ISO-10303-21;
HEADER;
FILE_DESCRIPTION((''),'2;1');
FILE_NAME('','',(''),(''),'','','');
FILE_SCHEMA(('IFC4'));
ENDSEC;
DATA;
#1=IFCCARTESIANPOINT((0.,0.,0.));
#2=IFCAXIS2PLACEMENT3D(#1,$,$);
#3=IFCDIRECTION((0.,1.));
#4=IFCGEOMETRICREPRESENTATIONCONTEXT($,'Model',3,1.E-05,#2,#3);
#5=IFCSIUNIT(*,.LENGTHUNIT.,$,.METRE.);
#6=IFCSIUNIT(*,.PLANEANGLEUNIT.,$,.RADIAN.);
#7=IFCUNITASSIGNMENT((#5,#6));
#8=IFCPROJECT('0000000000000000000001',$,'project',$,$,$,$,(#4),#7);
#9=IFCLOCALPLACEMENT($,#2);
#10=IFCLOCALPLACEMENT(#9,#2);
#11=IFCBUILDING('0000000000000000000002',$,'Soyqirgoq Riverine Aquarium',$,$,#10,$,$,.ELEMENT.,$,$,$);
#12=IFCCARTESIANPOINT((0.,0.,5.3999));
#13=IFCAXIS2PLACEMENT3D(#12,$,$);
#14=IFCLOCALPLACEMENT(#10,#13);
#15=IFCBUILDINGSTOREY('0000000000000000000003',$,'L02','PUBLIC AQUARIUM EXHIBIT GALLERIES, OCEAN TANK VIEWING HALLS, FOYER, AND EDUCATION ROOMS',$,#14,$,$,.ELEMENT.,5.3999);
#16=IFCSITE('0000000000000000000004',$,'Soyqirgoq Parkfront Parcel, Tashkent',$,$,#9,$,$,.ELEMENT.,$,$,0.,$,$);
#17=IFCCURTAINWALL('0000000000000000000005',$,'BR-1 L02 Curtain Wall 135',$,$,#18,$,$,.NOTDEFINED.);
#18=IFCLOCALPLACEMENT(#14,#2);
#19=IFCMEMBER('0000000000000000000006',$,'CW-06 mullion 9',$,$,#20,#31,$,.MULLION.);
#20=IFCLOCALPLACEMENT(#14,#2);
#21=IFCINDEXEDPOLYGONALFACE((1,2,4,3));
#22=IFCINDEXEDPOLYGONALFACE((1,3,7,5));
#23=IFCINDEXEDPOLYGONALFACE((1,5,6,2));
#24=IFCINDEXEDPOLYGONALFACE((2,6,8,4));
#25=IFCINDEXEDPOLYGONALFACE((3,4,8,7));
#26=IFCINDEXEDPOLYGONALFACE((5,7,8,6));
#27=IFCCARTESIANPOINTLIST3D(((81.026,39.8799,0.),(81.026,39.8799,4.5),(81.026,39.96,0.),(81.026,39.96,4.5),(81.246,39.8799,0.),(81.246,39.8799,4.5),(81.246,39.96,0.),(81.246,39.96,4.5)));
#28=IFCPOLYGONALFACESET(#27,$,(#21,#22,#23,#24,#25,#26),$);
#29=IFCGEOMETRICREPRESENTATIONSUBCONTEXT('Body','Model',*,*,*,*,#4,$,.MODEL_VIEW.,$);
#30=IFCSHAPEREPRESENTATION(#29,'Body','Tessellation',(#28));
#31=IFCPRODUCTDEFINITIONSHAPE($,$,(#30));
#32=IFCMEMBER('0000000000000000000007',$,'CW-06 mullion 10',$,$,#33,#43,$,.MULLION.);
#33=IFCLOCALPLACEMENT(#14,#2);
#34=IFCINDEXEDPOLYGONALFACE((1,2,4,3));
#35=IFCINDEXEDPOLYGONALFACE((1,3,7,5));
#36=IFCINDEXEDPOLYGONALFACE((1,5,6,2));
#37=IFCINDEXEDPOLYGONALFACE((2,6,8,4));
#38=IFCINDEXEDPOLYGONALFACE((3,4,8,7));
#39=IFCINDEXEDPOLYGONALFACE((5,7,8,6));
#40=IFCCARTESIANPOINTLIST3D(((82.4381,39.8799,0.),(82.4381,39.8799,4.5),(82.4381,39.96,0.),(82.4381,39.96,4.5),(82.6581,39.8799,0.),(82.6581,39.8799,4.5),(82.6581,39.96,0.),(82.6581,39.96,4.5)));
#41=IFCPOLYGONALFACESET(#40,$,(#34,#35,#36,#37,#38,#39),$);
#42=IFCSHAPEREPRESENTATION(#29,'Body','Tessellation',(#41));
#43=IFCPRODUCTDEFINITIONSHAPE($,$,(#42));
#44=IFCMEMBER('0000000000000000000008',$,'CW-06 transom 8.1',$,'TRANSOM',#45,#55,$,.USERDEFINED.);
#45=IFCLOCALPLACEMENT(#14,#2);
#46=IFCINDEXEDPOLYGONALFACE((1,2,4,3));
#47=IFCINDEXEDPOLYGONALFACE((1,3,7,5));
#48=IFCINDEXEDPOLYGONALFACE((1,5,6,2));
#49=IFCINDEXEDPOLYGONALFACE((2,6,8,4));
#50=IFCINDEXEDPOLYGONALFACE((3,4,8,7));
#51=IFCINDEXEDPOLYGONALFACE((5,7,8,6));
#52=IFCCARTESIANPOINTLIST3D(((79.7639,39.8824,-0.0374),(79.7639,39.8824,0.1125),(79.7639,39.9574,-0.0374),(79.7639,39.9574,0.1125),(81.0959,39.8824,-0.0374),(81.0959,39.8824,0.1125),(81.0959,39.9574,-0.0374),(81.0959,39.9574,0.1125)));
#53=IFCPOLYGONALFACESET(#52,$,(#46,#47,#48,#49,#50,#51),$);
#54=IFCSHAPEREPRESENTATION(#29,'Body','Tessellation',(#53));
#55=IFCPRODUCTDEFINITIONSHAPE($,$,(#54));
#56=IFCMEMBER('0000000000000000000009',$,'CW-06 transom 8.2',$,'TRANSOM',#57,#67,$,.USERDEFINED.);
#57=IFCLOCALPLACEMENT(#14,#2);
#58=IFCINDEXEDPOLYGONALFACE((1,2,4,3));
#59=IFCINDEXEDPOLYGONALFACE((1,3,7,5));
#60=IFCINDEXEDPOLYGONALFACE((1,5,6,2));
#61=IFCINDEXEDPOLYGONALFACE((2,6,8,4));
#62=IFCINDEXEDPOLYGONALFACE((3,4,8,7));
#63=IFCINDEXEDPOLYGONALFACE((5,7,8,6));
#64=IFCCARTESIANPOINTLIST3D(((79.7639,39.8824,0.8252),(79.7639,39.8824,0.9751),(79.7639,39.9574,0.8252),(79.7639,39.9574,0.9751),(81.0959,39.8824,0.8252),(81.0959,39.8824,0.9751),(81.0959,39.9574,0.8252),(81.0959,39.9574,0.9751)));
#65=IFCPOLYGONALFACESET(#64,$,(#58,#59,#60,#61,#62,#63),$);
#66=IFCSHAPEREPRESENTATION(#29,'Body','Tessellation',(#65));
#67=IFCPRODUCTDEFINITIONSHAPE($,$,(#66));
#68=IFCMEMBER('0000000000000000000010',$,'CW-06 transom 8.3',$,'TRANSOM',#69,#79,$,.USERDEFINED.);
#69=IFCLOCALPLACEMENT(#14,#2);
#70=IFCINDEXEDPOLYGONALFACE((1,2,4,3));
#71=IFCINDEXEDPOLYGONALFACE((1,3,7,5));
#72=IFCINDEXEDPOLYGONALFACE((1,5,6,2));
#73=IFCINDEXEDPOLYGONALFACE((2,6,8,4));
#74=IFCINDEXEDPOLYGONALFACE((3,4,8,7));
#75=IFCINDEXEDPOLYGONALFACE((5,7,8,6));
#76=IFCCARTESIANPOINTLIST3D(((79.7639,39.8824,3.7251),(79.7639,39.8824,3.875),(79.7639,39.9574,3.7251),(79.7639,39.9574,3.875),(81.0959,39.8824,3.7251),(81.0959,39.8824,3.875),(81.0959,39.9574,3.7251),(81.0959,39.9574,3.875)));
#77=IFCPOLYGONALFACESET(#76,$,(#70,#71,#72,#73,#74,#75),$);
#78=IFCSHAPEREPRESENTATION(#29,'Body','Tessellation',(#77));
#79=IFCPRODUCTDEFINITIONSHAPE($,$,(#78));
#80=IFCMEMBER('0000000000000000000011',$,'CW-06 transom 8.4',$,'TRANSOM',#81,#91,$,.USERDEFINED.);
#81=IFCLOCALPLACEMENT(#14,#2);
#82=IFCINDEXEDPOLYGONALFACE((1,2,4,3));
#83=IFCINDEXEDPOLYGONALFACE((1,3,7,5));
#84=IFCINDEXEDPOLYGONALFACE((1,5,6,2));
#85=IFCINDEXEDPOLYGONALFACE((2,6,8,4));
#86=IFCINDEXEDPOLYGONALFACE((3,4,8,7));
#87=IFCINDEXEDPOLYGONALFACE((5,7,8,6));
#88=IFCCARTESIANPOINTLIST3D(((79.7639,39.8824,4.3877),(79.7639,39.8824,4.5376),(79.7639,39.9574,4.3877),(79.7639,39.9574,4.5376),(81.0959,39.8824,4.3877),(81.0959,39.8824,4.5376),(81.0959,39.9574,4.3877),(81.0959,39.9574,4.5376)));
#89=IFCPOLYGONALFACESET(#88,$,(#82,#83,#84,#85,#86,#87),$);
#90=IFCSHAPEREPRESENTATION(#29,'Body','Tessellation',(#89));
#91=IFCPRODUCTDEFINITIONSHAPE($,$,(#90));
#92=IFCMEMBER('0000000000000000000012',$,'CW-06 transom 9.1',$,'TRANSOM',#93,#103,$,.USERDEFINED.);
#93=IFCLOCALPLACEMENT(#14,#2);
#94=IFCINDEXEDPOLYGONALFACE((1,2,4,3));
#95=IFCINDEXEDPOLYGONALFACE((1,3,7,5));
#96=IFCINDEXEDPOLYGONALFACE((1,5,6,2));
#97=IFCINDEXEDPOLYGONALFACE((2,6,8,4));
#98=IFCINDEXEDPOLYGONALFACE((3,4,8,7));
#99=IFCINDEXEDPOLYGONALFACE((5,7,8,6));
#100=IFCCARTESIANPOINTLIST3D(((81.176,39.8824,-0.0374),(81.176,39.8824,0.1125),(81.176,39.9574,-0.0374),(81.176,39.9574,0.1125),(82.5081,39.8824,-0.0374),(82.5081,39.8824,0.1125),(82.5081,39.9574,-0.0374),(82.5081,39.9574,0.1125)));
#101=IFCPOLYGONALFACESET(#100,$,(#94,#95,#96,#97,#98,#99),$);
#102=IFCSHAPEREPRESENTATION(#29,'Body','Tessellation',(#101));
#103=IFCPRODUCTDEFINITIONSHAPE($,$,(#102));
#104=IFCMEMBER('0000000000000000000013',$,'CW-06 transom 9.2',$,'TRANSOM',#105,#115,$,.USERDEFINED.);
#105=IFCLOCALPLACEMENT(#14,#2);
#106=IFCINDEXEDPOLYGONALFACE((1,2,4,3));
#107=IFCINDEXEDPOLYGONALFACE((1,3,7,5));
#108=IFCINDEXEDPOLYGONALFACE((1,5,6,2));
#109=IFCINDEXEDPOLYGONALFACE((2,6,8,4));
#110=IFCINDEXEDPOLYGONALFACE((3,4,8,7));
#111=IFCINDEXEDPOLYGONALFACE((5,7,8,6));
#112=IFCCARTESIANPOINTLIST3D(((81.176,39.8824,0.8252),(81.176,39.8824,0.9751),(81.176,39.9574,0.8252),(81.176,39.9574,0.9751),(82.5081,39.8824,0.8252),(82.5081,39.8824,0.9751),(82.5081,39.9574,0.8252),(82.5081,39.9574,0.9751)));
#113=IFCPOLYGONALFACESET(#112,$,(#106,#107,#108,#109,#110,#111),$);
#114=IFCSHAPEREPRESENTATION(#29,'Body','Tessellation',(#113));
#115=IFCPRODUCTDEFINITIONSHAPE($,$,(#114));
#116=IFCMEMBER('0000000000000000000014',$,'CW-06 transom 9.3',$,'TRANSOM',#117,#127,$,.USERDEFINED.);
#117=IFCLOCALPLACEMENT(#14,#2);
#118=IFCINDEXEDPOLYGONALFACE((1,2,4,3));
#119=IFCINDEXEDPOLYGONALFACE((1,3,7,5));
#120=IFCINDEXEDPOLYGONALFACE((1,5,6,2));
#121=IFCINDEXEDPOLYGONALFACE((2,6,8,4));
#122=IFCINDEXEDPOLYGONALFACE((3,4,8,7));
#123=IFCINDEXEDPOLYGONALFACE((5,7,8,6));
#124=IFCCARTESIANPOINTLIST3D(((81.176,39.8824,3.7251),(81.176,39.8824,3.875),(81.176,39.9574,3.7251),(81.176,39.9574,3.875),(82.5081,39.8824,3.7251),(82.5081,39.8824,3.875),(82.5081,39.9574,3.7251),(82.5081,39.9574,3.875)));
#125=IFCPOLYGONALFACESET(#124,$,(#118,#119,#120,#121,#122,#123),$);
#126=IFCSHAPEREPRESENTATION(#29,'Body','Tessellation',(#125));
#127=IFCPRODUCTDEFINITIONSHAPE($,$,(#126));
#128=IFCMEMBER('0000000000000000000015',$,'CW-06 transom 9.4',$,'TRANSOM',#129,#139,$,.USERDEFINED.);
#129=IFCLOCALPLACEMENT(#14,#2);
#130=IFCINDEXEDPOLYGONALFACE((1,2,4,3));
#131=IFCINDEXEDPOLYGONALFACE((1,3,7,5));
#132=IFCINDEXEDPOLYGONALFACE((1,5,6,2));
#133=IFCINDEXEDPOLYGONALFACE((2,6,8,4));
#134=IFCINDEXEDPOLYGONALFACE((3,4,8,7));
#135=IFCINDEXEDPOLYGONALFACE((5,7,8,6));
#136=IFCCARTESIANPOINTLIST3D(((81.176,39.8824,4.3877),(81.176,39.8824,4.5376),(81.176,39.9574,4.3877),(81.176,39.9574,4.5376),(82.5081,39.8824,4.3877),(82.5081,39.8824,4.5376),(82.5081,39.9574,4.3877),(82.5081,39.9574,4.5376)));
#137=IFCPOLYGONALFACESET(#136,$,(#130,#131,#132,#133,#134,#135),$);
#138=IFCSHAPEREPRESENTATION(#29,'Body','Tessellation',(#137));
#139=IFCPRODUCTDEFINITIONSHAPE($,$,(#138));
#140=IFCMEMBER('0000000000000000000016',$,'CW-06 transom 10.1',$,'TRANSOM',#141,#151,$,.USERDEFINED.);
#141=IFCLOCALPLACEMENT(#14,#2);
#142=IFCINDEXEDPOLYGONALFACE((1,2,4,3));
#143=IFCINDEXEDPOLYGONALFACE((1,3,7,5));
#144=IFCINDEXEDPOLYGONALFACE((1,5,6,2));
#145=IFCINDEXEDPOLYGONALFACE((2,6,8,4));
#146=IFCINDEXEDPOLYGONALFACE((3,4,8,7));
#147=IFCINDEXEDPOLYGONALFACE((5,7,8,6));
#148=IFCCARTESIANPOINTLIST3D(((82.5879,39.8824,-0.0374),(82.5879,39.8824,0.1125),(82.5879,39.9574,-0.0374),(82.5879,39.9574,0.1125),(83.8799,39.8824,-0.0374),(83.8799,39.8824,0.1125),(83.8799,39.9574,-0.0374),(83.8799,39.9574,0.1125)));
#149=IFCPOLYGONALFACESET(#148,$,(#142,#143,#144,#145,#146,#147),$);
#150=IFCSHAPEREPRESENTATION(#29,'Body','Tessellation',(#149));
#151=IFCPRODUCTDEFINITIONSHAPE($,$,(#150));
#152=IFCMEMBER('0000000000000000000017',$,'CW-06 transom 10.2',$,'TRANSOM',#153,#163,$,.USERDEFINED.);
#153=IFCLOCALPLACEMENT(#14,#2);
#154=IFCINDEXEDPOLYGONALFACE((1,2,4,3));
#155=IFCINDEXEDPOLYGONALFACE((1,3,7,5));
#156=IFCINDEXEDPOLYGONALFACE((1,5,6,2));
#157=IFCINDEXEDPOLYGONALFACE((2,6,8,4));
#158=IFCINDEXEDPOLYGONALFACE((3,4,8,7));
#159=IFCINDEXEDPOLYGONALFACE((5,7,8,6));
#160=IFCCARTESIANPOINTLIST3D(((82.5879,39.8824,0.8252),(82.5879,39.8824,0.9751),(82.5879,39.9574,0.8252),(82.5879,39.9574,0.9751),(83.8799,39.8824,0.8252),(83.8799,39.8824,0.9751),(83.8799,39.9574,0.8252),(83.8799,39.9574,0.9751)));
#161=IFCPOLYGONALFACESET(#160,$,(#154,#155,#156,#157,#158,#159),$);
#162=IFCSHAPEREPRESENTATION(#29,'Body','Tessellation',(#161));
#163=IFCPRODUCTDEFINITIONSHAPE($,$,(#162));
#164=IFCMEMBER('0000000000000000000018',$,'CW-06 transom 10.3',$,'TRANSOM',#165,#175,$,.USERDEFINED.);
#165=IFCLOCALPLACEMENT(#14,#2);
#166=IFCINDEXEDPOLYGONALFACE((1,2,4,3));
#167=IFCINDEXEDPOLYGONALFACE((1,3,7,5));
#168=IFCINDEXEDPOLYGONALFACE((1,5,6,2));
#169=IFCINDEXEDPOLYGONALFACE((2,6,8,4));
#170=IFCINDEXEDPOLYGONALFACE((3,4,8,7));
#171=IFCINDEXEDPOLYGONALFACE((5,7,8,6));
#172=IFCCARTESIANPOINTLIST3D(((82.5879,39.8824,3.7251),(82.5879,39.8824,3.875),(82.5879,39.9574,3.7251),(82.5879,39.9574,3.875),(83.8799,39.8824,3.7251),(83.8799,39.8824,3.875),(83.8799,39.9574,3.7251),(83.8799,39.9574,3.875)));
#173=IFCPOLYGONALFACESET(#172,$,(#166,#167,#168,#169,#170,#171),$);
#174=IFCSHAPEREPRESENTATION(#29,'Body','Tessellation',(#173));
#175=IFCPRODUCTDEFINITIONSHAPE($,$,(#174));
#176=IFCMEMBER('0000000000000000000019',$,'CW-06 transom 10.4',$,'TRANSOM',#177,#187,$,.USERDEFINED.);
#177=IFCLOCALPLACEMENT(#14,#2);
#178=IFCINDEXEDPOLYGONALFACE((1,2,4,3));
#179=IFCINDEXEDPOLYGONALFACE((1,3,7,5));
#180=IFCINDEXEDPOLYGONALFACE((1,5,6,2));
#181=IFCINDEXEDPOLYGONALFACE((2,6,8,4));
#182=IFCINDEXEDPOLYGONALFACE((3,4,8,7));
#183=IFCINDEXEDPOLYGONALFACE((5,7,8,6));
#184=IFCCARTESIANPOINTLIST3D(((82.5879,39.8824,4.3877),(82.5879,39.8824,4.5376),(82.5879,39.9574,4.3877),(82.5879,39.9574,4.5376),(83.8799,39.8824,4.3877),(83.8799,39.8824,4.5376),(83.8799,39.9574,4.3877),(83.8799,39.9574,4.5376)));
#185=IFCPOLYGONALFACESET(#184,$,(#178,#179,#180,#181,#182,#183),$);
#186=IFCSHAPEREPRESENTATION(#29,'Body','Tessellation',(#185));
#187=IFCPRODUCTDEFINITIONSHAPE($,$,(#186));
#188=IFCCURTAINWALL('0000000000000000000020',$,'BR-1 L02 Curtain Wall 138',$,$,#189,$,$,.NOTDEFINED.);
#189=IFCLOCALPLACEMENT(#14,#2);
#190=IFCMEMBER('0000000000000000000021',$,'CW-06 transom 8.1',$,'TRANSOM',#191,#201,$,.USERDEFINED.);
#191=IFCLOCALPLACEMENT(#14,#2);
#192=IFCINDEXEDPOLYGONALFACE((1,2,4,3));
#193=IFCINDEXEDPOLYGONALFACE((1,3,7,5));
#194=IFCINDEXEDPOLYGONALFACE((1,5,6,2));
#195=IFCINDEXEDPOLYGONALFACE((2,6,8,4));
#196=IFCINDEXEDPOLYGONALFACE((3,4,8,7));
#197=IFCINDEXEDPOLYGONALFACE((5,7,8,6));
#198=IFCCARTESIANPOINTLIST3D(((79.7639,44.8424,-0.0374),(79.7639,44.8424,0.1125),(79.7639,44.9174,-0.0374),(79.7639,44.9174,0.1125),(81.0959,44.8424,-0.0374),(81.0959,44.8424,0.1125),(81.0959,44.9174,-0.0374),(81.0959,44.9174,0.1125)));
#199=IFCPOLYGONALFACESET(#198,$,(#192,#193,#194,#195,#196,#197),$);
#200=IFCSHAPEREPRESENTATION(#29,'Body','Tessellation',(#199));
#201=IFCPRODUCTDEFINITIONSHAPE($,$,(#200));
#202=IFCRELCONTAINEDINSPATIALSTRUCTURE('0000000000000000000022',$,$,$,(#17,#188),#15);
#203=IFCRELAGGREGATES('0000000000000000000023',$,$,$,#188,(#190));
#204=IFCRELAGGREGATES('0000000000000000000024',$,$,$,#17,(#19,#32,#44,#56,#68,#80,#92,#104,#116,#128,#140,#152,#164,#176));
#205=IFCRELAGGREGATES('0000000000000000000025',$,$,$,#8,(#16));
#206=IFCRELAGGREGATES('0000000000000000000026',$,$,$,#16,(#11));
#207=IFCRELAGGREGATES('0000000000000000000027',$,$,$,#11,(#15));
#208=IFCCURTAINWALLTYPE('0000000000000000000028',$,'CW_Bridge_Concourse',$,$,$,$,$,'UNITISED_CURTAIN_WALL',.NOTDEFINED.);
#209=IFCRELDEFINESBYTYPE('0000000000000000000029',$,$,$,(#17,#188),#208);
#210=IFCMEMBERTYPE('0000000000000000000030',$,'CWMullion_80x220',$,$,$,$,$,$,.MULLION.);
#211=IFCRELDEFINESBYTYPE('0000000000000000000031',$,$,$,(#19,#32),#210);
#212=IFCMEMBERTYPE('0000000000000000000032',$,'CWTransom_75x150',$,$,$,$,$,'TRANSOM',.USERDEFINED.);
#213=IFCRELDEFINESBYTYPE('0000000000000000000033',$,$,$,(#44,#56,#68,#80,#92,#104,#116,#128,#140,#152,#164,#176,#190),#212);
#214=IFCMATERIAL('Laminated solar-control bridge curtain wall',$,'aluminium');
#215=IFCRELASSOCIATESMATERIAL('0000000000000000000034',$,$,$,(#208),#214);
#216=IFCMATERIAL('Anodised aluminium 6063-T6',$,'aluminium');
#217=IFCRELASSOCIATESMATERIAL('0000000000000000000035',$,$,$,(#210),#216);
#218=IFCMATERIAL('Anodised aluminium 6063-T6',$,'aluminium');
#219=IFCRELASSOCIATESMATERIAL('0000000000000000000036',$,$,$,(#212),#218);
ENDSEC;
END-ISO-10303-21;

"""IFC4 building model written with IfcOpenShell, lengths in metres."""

from ifc_helpers import new_model, si_unit, direction, frame, origin, origin_2d, place, context, subcontext, project, spatial, rectangle, extrude, material, material_profile, profile_set, type_object, element, aggregate, save


model = new_model("IFC4")

# Units and contexts
model_context = context("Model", 3, precision=1e-05, world=origin(), true_north=direction((0.0, 1.0)))
body_context = subcontext(model_context, "Body", "Model", "MODEL_VIEW")
ifc_project = project(units=[si_unit("LENGTHUNIT", "METRE"), si_unit("PLANEANGLEUNIT", "RADIAN")], contexts=[model_context])

# Site, building, storey
site_placement = place(None, origin())
site = spatial("IfcSite", under=ifc_project, at=site_placement, Name="Soyqirgoq Parkfront Parcel, Tashkent", CompositionType="ELEMENT", RefElevation=0.0)
building_placement = place(site_placement, origin())
building = spatial("IfcBuilding", under=site, at=building_placement, Name="Soyqirgoq Riverine Aquarium", CompositionType="ELEMENT")
storey_placement = place(building_placement, frame((0.0, 0.0, 5.3999)))
storey = spatial("IfcBuildingStorey", under=building, at=storey_placement, Name="L02", Description="PUBLIC AQUARIUM EXHIBIT GALLERIES, OCEAN TANK VIEWING HALLS, FOYER, AND EDUCATION ROOMS", CompositionType="ELEMENT", Elevation=5.3999)

# Curtain wall, members
ifc_material_1 = material(Name="Laminated solar-control bridge curtain wall", Category="aluminium")
curtain_wall_type = type_object("IfcCurtainWallType", Name="CW_Bridge_Concourse", ElementType="UNITISED_CURTAIN_WALL", PredefinedType="NOTDEFINED", material=ifc_material_1)
curtain_wall_1_placement = place(storey_placement, origin())
curtain_wall_1 = element("IfcCurtainWall", 1, at=curtain_wall_1_placement, inside=storey, type_object=curtain_wall_type, Name="BR-1 L02 Curtain Wall 135", PredefinedType="NOTDEFINED")
ifc_material_2 = material(Name="Anodised aluminium 6063-T6", Category="aluminium")
ifc_material_profile_1 = material_profile(ifc_material_2, rectangle(XDim=0.0801, YDim=0.22, at=origin_2d()), Name="ALU-M 80x220")
ifc_profile_set_1 = profile_set([ifc_material_profile_1], Name="Anodised aluminium 6063-T6")
member_type_1 = type_object("IfcMemberType", Name="CWMullion_80x220", PredefinedType="MULLION", material=ifc_profile_set_1)
member_1_placement = place(storey_placement, frame((81.136, 39.9199, 0.0), z_axis=(0.0, 0.0, 1.0), x_axis=(0.0, 1.0, 0.0)))
member_1 = element("IfcMember", 2, at=member_1_placement, type_object=member_type_1, Name="CW-06 mullion 9", PredefinedType="MULLION", context=body_context, shape_type="SweptSolid", body=[
    extrude(rectangle(XDim=0.0801, YDim=0.22, at=origin_2d()), origin(), (0.0, 0.0, 1.0), 4.5),
])
member_2_placement = place(storey_placement, frame((82.5481, 39.9199, 0.0), z_axis=(0.0, 0.0, 1.0), x_axis=(0.0, 1.0, 0.0)))
member_2 = element("IfcMember", 3, at=member_2_placement, type_object=member_type_1, Name="CW-06 mullion 10", PredefinedType="MULLION", context=body_context, shape_type="SweptSolid", body=[
    extrude(rectangle(XDim=0.0801, YDim=0.22, at=origin_2d()), origin(), (0.0, 0.0, 1.0), 4.5),
])
ifc_material_3 = material(Name="Anodised aluminium 6063-T6", Category="aluminium")
ifc_material_profile_2 = material_profile(ifc_material_3, rectangle(XDim=0.075, YDim=0.1499, at=origin_2d()), Name="ALU-T 75x150")
ifc_profile_set_2 = profile_set([ifc_material_profile_2], Name="Anodised aluminium 6063-T6")
member_type_2 = type_object("IfcMemberType", Name="CWTransom_75x150", ElementType="TRANSOM", PredefinedType="USERDEFINED", material=ifc_profile_set_2)
member_3_placement = place(storey_placement, frame((79.7639, 39.9199, 0.0376), z_axis=(1.0, 0.0, 0.0), x_axis=(0.0, 1.0, 0.0)))
member_3 = element("IfcMember", 4, at=member_3_placement, type_object=member_type_2, Name="CW-06 transom 8.1", ObjectType="TRANSOM", PredefinedType="USERDEFINED", context=body_context, shape_type="SweptSolid", body=[
    extrude(rectangle(XDim=0.075, YDim=0.1499, at=origin_2d()), origin(), (0.0, 0.0, 1.0), 1.332),
])
member_4_placement = place(storey_placement, frame((79.7639, 39.9199, 0.9001), z_axis=(1.0, 0.0, 0.0), x_axis=(0.0, 1.0, 0.0)))
member_4 = element("IfcMember", 5, at=member_4_placement, type_object=member_type_2, Name="CW-06 transom 8.2", ObjectType="TRANSOM", PredefinedType="USERDEFINED", context=body_context, shape_type="SweptSolid", body=[
    extrude(rectangle(XDim=0.075, YDim=0.1499, at=origin_2d()), origin(), (0.0, 0.0, 1.0), 1.332),
])
member_5_placement = place(storey_placement, frame((79.7639, 39.9199, 3.8), z_axis=(1.0, 0.0, 0.0), x_axis=(0.0, 1.0, 0.0)))
member_5 = element("IfcMember", 6, at=member_5_placement, type_object=member_type_2, Name="CW-06 transom 8.3", ObjectType="TRANSOM", PredefinedType="USERDEFINED", context=body_context, shape_type="SweptSolid", body=[
    extrude(rectangle(XDim=0.075, YDim=0.1499, at=origin_2d()), origin(), (0.0, 0.0, 1.0), 1.332),
])
member_6_placement = place(storey_placement, frame((79.7639, 39.9199, 4.4626), z_axis=(1.0, 0.0, 0.0), x_axis=(0.0, 1.0, 0.0)))
member_6 = element("IfcMember", 7, at=member_6_placement, type_object=member_type_2, Name="CW-06 transom 8.4", ObjectType="TRANSOM", PredefinedType="USERDEFINED", context=body_context, shape_type="SweptSolid", body=[
    extrude(rectangle(XDim=0.075, YDim=0.1499, at=origin_2d()), origin(), (0.0, 0.0, 1.0), 1.332),
])
member_7_placement = place(storey_placement, frame((81.176, 39.9199, 0.0376), z_axis=(1.0, 0.0, 0.0), x_axis=(0.0, 1.0, 0.0)))
member_7 = element("IfcMember", 8, at=member_7_placement, type_object=member_type_2, Name="CW-06 transom 9.1", ObjectType="TRANSOM", PredefinedType="USERDEFINED", context=body_context, shape_type="SweptSolid", body=[
    extrude(rectangle(XDim=0.075, YDim=0.1499, at=origin_2d()), origin(), (0.0, 0.0, 1.0), 1.332),
])
member_8_placement = place(storey_placement, frame((81.176, 39.9199, 0.9001), z_axis=(1.0, 0.0, 0.0), x_axis=(0.0, 1.0, 0.0)))
member_8 = element("IfcMember", 9, at=member_8_placement, type_object=member_type_2, Name="CW-06 transom 9.2", ObjectType="TRANSOM", PredefinedType="USERDEFINED", context=body_context, shape_type="SweptSolid", body=[
    extrude(rectangle(XDim=0.075, YDim=0.1499, at=origin_2d()), origin(), (0.0, 0.0, 1.0), 1.332),
])
member_9_placement = place(storey_placement, frame((81.176, 39.9199, 3.8), z_axis=(1.0, 0.0, 0.0), x_axis=(0.0, 1.0, 0.0)))
member_9 = element("IfcMember", 10, at=member_9_placement, type_object=member_type_2, Name="CW-06 transom 9.3", ObjectType="TRANSOM", PredefinedType="USERDEFINED", context=body_context, shape_type="SweptSolid", body=[
    extrude(rectangle(XDim=0.075, YDim=0.1499, at=origin_2d()), origin(), (0.0, 0.0, 1.0), 1.332),
])
member_10_placement = place(storey_placement, frame((81.176, 39.9199, 4.4626), z_axis=(1.0, 0.0, 0.0), x_axis=(0.0, 1.0, 0.0)))
member_10 = element("IfcMember", 11, at=member_10_placement, type_object=member_type_2, Name="CW-06 transom 9.4", ObjectType="TRANSOM", PredefinedType="USERDEFINED", context=body_context, shape_type="SweptSolid", body=[
    extrude(rectangle(XDim=0.075, YDim=0.1499, at=origin_2d()), origin(), (0.0, 0.0, 1.0), 1.332),
])
member_11_placement = place(storey_placement, frame((82.5879, 39.9199, 0.0376), z_axis=(1.0, 0.0, 0.0), x_axis=(0.0, 1.0, 0.0)))
member_11 = element("IfcMember", 12, at=member_11_placement, type_object=member_type_2, Name="CW-06 transom 10.1", ObjectType="TRANSOM", PredefinedType="USERDEFINED", context=body_context, shape_type="SweptSolid", body=[
    extrude(rectangle(XDim=0.075, YDim=0.1499, at=origin_2d()), origin(), (0.0, 0.0, 1.0), 1.292),
])
member_12_placement = place(storey_placement, frame((82.5879, 39.9199, 0.9001), z_axis=(1.0, 0.0, 0.0), x_axis=(0.0, 1.0, 0.0)))
member_12 = element("IfcMember", 13, at=member_12_placement, type_object=member_type_2, Name="CW-06 transom 10.2", ObjectType="TRANSOM", PredefinedType="USERDEFINED", context=body_context, shape_type="SweptSolid", body=[
    extrude(rectangle(XDim=0.075, YDim=0.1499, at=origin_2d()), origin(), (0.0, 0.0, 1.0), 1.292),
])
member_13_placement = place(storey_placement, frame((82.5879, 39.9199, 3.8), z_axis=(1.0, 0.0, 0.0), x_axis=(0.0, 1.0, 0.0)))
member_13 = element("IfcMember", 14, at=member_13_placement, type_object=member_type_2, Name="CW-06 transom 10.3", ObjectType="TRANSOM", PredefinedType="USERDEFINED", context=body_context, shape_type="SweptSolid", body=[
    extrude(rectangle(XDim=0.075, YDim=0.1499, at=origin_2d()), origin(), (0.0, 0.0, 1.0), 1.292),
])
member_14_placement = place(storey_placement, frame((82.5879, 39.9199, 4.4626), z_axis=(1.0, 0.0, 0.0), x_axis=(0.0, 1.0, 0.0)))
member_14 = element("IfcMember", 15, at=member_14_placement, type_object=member_type_2, Name="CW-06 transom 10.4", ObjectType="TRANSOM", PredefinedType="USERDEFINED", context=body_context, shape_type="SweptSolid", body=[
    extrude(rectangle(XDim=0.075, YDim=0.1499, at=origin_2d()), origin(), (0.0, 0.0, 1.0), 1.292),
])

# Curtain wall, member
curtain_wall_2_placement = place(storey_placement, origin())
curtain_wall_2 = element("IfcCurtainWall", 16, at=curtain_wall_2_placement, inside=storey, type_object=curtain_wall_type, Name="BR-1 L02 Curtain Wall 138", PredefinedType="NOTDEFINED")
member_15_placement = place(storey_placement, frame((79.7639, 44.8799, 0.0376), z_axis=(1.0, 0.0, 0.0), x_axis=(0.0, 1.0, 0.0)))
member_15 = element("IfcMember", 17, at=member_15_placement, type_object=member_type_2, Name="CW-06 transom 8.1", ObjectType="TRANSOM", PredefinedType="USERDEFINED", context=body_context, shape_type="SweptSolid", body=[
    extrude(rectangle(XDim=0.075, YDim=0.1499, at=origin_2d()), origin(), (0.0, 0.0, 1.0), 1.332),
])
aggregate(curtain_wall_2, [member_15])

aggregate(curtain_wall_1, [member_1, member_2, member_3, member_4, member_5, member_6, member_7, member_8, member_9, member_10, member_11, member_12, member_13, member_14])

save(model, "model.ifc")
